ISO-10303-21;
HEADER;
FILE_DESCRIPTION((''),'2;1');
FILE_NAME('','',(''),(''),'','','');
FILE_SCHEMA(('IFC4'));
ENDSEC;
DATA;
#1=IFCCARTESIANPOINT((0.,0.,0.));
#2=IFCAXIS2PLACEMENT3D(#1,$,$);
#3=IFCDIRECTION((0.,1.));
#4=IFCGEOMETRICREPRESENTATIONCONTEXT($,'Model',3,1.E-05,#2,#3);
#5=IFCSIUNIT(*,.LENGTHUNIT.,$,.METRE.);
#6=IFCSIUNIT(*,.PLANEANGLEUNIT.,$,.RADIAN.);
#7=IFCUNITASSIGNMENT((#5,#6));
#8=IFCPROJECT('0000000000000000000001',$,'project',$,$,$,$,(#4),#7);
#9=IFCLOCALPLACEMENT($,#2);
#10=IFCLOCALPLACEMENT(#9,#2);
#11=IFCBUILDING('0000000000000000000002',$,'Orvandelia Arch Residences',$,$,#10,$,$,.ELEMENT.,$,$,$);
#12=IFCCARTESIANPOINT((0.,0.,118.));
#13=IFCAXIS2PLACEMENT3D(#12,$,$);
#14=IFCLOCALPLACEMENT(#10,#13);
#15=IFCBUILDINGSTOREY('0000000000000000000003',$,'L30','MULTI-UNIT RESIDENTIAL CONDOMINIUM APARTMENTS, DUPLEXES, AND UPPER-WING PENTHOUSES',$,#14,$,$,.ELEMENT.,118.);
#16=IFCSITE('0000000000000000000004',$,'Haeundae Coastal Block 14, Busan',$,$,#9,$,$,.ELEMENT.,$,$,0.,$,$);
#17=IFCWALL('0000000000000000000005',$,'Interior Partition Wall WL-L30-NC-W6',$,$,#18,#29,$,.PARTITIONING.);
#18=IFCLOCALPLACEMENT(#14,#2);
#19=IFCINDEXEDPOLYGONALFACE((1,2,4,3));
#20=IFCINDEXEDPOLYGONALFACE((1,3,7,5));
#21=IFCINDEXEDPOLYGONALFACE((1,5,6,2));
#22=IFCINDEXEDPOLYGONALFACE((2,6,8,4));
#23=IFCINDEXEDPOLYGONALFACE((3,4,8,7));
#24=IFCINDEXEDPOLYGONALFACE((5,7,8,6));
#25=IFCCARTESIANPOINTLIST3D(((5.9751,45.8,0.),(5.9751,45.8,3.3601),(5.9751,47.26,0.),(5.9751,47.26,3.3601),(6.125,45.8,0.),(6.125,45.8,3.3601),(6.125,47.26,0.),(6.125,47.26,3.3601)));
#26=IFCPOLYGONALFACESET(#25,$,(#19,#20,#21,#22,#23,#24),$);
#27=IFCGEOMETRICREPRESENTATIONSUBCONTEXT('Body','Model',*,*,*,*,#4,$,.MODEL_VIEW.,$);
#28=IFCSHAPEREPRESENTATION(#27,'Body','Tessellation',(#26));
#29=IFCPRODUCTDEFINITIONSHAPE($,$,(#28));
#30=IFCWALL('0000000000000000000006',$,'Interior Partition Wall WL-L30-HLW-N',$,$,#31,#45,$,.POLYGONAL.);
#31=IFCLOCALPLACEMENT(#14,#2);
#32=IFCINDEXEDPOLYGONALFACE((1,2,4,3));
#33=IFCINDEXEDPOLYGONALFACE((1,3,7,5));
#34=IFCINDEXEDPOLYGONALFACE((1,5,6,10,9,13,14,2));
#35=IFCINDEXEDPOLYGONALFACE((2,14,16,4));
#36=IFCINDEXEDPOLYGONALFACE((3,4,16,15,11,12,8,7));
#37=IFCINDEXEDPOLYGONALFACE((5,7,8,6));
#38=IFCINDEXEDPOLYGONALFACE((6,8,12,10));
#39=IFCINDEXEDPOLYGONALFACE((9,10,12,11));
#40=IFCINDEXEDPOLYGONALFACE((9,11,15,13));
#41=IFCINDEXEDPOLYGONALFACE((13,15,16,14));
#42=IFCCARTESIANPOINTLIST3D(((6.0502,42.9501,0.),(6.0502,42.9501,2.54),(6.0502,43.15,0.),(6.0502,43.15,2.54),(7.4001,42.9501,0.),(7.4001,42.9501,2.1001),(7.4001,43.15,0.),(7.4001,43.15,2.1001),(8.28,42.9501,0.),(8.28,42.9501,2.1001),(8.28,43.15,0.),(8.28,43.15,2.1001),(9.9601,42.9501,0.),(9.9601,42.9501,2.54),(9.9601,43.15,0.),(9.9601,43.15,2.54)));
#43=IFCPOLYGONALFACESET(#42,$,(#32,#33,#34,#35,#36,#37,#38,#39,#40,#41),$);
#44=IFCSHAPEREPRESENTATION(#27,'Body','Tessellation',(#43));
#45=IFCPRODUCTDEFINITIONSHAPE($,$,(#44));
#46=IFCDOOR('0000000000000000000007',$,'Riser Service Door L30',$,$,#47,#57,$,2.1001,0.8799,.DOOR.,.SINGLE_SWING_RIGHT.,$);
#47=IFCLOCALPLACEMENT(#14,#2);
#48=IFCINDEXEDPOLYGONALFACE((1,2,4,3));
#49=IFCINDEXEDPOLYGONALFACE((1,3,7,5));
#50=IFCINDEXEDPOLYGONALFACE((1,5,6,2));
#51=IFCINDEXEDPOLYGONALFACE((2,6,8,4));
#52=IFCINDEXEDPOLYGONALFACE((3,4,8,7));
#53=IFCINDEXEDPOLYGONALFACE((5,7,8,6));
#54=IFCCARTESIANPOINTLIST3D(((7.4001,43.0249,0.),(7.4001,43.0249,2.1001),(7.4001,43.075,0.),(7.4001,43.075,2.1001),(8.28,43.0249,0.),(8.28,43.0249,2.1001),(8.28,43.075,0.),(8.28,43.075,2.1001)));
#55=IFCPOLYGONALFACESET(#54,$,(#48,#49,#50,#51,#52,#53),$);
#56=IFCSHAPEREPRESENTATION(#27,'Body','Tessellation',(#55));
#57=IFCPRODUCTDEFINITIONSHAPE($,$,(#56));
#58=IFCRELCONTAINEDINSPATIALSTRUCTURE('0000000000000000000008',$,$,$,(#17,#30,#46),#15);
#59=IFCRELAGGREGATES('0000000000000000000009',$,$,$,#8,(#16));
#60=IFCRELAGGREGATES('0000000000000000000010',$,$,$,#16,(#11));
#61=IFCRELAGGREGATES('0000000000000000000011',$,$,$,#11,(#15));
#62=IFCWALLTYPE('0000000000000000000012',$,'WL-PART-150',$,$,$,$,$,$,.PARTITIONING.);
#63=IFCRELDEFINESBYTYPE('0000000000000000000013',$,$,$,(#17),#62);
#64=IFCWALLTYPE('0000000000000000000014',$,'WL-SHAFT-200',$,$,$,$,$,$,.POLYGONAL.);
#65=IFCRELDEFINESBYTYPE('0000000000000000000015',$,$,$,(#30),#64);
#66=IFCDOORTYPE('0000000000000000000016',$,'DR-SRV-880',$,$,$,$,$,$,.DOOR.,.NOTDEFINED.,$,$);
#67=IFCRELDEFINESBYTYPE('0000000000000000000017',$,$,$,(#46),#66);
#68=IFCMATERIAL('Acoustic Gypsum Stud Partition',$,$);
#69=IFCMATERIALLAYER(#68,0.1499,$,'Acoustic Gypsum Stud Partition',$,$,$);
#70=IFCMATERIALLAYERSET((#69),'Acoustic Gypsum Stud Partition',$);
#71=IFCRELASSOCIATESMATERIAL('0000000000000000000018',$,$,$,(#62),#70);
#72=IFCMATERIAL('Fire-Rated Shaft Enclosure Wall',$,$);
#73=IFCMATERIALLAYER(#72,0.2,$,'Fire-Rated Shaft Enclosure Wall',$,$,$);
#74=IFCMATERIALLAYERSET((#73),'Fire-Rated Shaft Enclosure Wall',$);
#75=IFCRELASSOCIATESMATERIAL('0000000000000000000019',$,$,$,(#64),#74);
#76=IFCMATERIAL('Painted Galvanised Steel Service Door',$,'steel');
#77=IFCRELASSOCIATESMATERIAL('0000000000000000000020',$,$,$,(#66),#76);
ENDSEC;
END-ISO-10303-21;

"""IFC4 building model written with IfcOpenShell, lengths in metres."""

from ifc_helpers import new_model, si_unit, direction, frame, frame_2d, origin, place, context, subcontext, project, spatial, rectangle, extrude, material, layer, layer_set, type_object, element, fill, save


model = new_model("IFC4")

# Units and contexts
model_context = context("Model", 3, precision=1e-05, world=origin(), true_north=direction((0.0, 1.0)))
body_context = subcontext(model_context, "Body", "Model", "MODEL_VIEW")
ifc_project = project(units=[si_unit("LENGTHUNIT", "METRE"), si_unit("PLANEANGLEUNIT", "RADIAN")], contexts=[model_context])

# Site, building, storey
site_placement = place(None, origin())
site = spatial("IfcSite", under=ifc_project, at=site_placement, Name="Haeundae Coastal Block 14, Busan", CompositionType="ELEMENT", RefElevation=0.0)
building_placement = place(site_placement, origin())
building = spatial("IfcBuilding", under=site, at=building_placement, Name="Orvandelia Arch Residences", CompositionType="ELEMENT")
storey_placement = place(building_placement, frame((0.0, 0.0, 118.0)))
storey = spatial("IfcBuildingStorey", under=building, at=storey_placement, Name="L30", Description="MULTI-UNIT RESIDENTIAL CONDOMINIUM APARTMENTS, DUPLEXES, AND UPPER-WING PENTHOUSES", CompositionType="ELEMENT", Elevation=118.0)

# Wall
ifc_material_1 = material(Name="Acoustic Gypsum Stud Partition")
ifc_layer_1 = layer(ifc_material_1, 0.1499, Name="Acoustic Gypsum Stud Partition")
ifc_layer_set_1 = layer_set([ifc_layer_1], Name="Acoustic Gypsum Stud Partition")
wall_type_1 = type_object("IfcWallType", Name="WL-PART-150", PredefinedType="PARTITIONING", material=ifc_layer_set_1)
wall_1_placement = place(storey_placement, frame((6.05, 45.8, 0.0), z_axis=(0.0, 0.0, 1.0), x_axis=(0.0, 1.0, 0.0)))
element("IfcWall", 1, at=wall_1_placement, inside=storey, type_object=wall_type_1, Name="Interior Partition Wall WL-L30-NC-W6", PredefinedType="PARTITIONING", context=body_context, shape_type="SweptSolid", body=[
    extrude(rectangle(XDim=1.46, YDim=0.1499, at=frame_2d((0.73, 0.0))), origin(), (0.0, 0.0, 1.0), 3.3601),
])

# Wall, opening, door
ifc_material_2 = material(Name="Fire-Rated Shaft Enclosure Wall")
ifc_layer_2 = layer(ifc_material_2, 0.2, Name="Fire-Rated Shaft Enclosure Wall")
ifc_layer_set_2 = layer_set([ifc_layer_2], Name="Fire-Rated Shaft Enclosure Wall")
wall_type_2 = type_object("IfcWallType", Name="WL-SHAFT-200", PredefinedType="POLYGONAL", material=ifc_layer_set_2)
wall_2_placement = place(storey_placement, frame((6.05, 43.05, 0.0), z_axis=(0.0, 0.0, 1.0), x_axis=(1.0, 0.0, 0.0)))
wall_2 = element("IfcWall", 2, at=wall_2_placement, inside=storey, type_object=wall_type_2, Name="Interior Partition Wall WL-L30-HLW-N", PredefinedType="POLYGONAL", context=body_context, shape_type="SweptSolid", body=[
    extrude(rectangle(XDim=3.9099, YDim=0.2, at=frame_2d((1.9551, 0.0))), origin(), (0.0, 0.0, 1.0), 2.54),
])
opening_1_placement = place(wall_2_placement, frame((1.3501, 0.0, 0.0)))
opening_1 = element("IfcOpeningElement", 3, at=opening_1_placement, cuts=wall_2, PredefinedType="OPENING", context=body_context, shape_type="SweptSolid", body=[
    extrude(rectangle(XDim=0.8799, YDim=2.1001, at=frame_2d((0.4399, 1.05))), frame((0.0, 0.1099, 0.0), z_axis=(0.0, -1.0, 0.0), x_axis=(1.0, 0.0, 0.0)), (0.0, 0.0, 1.0), 0.22),
])
ifc_material_3 = material(Name="Painted Galvanised Steel Service Door", Category="steel")
door_type = type_object("IfcDoorType", Name="DR-SRV-880", OperationType="NOTDEFINED", PredefinedType="DOOR", material=ifc_material_3)
door_placement = place(opening_1_placement, origin())
door = element("IfcDoor", 4, at=door_placement, inside=storey, type_object=door_type, Name="Riser Service Door L30", OperationType="SINGLE_SWING_RIGHT", OverallHeight=2.1001, OverallWidth=0.8799, PredefinedType="DOOR", context=body_context, shape_type="SweptSolid", body=[
    extrude(rectangle(XDim=0.8799, YDim=2.1001, at=frame_2d((0.4399, 1.05))), frame((0.0, 0.0249, 0.0), z_axis=(0.0, -1.0, 0.0), x_axis=(1.0, 0.0, 0.0)), (0.0, 0.0, 1.0), 0.05),
])
fill(opening_1, door)

save(model, "model.ifc")
